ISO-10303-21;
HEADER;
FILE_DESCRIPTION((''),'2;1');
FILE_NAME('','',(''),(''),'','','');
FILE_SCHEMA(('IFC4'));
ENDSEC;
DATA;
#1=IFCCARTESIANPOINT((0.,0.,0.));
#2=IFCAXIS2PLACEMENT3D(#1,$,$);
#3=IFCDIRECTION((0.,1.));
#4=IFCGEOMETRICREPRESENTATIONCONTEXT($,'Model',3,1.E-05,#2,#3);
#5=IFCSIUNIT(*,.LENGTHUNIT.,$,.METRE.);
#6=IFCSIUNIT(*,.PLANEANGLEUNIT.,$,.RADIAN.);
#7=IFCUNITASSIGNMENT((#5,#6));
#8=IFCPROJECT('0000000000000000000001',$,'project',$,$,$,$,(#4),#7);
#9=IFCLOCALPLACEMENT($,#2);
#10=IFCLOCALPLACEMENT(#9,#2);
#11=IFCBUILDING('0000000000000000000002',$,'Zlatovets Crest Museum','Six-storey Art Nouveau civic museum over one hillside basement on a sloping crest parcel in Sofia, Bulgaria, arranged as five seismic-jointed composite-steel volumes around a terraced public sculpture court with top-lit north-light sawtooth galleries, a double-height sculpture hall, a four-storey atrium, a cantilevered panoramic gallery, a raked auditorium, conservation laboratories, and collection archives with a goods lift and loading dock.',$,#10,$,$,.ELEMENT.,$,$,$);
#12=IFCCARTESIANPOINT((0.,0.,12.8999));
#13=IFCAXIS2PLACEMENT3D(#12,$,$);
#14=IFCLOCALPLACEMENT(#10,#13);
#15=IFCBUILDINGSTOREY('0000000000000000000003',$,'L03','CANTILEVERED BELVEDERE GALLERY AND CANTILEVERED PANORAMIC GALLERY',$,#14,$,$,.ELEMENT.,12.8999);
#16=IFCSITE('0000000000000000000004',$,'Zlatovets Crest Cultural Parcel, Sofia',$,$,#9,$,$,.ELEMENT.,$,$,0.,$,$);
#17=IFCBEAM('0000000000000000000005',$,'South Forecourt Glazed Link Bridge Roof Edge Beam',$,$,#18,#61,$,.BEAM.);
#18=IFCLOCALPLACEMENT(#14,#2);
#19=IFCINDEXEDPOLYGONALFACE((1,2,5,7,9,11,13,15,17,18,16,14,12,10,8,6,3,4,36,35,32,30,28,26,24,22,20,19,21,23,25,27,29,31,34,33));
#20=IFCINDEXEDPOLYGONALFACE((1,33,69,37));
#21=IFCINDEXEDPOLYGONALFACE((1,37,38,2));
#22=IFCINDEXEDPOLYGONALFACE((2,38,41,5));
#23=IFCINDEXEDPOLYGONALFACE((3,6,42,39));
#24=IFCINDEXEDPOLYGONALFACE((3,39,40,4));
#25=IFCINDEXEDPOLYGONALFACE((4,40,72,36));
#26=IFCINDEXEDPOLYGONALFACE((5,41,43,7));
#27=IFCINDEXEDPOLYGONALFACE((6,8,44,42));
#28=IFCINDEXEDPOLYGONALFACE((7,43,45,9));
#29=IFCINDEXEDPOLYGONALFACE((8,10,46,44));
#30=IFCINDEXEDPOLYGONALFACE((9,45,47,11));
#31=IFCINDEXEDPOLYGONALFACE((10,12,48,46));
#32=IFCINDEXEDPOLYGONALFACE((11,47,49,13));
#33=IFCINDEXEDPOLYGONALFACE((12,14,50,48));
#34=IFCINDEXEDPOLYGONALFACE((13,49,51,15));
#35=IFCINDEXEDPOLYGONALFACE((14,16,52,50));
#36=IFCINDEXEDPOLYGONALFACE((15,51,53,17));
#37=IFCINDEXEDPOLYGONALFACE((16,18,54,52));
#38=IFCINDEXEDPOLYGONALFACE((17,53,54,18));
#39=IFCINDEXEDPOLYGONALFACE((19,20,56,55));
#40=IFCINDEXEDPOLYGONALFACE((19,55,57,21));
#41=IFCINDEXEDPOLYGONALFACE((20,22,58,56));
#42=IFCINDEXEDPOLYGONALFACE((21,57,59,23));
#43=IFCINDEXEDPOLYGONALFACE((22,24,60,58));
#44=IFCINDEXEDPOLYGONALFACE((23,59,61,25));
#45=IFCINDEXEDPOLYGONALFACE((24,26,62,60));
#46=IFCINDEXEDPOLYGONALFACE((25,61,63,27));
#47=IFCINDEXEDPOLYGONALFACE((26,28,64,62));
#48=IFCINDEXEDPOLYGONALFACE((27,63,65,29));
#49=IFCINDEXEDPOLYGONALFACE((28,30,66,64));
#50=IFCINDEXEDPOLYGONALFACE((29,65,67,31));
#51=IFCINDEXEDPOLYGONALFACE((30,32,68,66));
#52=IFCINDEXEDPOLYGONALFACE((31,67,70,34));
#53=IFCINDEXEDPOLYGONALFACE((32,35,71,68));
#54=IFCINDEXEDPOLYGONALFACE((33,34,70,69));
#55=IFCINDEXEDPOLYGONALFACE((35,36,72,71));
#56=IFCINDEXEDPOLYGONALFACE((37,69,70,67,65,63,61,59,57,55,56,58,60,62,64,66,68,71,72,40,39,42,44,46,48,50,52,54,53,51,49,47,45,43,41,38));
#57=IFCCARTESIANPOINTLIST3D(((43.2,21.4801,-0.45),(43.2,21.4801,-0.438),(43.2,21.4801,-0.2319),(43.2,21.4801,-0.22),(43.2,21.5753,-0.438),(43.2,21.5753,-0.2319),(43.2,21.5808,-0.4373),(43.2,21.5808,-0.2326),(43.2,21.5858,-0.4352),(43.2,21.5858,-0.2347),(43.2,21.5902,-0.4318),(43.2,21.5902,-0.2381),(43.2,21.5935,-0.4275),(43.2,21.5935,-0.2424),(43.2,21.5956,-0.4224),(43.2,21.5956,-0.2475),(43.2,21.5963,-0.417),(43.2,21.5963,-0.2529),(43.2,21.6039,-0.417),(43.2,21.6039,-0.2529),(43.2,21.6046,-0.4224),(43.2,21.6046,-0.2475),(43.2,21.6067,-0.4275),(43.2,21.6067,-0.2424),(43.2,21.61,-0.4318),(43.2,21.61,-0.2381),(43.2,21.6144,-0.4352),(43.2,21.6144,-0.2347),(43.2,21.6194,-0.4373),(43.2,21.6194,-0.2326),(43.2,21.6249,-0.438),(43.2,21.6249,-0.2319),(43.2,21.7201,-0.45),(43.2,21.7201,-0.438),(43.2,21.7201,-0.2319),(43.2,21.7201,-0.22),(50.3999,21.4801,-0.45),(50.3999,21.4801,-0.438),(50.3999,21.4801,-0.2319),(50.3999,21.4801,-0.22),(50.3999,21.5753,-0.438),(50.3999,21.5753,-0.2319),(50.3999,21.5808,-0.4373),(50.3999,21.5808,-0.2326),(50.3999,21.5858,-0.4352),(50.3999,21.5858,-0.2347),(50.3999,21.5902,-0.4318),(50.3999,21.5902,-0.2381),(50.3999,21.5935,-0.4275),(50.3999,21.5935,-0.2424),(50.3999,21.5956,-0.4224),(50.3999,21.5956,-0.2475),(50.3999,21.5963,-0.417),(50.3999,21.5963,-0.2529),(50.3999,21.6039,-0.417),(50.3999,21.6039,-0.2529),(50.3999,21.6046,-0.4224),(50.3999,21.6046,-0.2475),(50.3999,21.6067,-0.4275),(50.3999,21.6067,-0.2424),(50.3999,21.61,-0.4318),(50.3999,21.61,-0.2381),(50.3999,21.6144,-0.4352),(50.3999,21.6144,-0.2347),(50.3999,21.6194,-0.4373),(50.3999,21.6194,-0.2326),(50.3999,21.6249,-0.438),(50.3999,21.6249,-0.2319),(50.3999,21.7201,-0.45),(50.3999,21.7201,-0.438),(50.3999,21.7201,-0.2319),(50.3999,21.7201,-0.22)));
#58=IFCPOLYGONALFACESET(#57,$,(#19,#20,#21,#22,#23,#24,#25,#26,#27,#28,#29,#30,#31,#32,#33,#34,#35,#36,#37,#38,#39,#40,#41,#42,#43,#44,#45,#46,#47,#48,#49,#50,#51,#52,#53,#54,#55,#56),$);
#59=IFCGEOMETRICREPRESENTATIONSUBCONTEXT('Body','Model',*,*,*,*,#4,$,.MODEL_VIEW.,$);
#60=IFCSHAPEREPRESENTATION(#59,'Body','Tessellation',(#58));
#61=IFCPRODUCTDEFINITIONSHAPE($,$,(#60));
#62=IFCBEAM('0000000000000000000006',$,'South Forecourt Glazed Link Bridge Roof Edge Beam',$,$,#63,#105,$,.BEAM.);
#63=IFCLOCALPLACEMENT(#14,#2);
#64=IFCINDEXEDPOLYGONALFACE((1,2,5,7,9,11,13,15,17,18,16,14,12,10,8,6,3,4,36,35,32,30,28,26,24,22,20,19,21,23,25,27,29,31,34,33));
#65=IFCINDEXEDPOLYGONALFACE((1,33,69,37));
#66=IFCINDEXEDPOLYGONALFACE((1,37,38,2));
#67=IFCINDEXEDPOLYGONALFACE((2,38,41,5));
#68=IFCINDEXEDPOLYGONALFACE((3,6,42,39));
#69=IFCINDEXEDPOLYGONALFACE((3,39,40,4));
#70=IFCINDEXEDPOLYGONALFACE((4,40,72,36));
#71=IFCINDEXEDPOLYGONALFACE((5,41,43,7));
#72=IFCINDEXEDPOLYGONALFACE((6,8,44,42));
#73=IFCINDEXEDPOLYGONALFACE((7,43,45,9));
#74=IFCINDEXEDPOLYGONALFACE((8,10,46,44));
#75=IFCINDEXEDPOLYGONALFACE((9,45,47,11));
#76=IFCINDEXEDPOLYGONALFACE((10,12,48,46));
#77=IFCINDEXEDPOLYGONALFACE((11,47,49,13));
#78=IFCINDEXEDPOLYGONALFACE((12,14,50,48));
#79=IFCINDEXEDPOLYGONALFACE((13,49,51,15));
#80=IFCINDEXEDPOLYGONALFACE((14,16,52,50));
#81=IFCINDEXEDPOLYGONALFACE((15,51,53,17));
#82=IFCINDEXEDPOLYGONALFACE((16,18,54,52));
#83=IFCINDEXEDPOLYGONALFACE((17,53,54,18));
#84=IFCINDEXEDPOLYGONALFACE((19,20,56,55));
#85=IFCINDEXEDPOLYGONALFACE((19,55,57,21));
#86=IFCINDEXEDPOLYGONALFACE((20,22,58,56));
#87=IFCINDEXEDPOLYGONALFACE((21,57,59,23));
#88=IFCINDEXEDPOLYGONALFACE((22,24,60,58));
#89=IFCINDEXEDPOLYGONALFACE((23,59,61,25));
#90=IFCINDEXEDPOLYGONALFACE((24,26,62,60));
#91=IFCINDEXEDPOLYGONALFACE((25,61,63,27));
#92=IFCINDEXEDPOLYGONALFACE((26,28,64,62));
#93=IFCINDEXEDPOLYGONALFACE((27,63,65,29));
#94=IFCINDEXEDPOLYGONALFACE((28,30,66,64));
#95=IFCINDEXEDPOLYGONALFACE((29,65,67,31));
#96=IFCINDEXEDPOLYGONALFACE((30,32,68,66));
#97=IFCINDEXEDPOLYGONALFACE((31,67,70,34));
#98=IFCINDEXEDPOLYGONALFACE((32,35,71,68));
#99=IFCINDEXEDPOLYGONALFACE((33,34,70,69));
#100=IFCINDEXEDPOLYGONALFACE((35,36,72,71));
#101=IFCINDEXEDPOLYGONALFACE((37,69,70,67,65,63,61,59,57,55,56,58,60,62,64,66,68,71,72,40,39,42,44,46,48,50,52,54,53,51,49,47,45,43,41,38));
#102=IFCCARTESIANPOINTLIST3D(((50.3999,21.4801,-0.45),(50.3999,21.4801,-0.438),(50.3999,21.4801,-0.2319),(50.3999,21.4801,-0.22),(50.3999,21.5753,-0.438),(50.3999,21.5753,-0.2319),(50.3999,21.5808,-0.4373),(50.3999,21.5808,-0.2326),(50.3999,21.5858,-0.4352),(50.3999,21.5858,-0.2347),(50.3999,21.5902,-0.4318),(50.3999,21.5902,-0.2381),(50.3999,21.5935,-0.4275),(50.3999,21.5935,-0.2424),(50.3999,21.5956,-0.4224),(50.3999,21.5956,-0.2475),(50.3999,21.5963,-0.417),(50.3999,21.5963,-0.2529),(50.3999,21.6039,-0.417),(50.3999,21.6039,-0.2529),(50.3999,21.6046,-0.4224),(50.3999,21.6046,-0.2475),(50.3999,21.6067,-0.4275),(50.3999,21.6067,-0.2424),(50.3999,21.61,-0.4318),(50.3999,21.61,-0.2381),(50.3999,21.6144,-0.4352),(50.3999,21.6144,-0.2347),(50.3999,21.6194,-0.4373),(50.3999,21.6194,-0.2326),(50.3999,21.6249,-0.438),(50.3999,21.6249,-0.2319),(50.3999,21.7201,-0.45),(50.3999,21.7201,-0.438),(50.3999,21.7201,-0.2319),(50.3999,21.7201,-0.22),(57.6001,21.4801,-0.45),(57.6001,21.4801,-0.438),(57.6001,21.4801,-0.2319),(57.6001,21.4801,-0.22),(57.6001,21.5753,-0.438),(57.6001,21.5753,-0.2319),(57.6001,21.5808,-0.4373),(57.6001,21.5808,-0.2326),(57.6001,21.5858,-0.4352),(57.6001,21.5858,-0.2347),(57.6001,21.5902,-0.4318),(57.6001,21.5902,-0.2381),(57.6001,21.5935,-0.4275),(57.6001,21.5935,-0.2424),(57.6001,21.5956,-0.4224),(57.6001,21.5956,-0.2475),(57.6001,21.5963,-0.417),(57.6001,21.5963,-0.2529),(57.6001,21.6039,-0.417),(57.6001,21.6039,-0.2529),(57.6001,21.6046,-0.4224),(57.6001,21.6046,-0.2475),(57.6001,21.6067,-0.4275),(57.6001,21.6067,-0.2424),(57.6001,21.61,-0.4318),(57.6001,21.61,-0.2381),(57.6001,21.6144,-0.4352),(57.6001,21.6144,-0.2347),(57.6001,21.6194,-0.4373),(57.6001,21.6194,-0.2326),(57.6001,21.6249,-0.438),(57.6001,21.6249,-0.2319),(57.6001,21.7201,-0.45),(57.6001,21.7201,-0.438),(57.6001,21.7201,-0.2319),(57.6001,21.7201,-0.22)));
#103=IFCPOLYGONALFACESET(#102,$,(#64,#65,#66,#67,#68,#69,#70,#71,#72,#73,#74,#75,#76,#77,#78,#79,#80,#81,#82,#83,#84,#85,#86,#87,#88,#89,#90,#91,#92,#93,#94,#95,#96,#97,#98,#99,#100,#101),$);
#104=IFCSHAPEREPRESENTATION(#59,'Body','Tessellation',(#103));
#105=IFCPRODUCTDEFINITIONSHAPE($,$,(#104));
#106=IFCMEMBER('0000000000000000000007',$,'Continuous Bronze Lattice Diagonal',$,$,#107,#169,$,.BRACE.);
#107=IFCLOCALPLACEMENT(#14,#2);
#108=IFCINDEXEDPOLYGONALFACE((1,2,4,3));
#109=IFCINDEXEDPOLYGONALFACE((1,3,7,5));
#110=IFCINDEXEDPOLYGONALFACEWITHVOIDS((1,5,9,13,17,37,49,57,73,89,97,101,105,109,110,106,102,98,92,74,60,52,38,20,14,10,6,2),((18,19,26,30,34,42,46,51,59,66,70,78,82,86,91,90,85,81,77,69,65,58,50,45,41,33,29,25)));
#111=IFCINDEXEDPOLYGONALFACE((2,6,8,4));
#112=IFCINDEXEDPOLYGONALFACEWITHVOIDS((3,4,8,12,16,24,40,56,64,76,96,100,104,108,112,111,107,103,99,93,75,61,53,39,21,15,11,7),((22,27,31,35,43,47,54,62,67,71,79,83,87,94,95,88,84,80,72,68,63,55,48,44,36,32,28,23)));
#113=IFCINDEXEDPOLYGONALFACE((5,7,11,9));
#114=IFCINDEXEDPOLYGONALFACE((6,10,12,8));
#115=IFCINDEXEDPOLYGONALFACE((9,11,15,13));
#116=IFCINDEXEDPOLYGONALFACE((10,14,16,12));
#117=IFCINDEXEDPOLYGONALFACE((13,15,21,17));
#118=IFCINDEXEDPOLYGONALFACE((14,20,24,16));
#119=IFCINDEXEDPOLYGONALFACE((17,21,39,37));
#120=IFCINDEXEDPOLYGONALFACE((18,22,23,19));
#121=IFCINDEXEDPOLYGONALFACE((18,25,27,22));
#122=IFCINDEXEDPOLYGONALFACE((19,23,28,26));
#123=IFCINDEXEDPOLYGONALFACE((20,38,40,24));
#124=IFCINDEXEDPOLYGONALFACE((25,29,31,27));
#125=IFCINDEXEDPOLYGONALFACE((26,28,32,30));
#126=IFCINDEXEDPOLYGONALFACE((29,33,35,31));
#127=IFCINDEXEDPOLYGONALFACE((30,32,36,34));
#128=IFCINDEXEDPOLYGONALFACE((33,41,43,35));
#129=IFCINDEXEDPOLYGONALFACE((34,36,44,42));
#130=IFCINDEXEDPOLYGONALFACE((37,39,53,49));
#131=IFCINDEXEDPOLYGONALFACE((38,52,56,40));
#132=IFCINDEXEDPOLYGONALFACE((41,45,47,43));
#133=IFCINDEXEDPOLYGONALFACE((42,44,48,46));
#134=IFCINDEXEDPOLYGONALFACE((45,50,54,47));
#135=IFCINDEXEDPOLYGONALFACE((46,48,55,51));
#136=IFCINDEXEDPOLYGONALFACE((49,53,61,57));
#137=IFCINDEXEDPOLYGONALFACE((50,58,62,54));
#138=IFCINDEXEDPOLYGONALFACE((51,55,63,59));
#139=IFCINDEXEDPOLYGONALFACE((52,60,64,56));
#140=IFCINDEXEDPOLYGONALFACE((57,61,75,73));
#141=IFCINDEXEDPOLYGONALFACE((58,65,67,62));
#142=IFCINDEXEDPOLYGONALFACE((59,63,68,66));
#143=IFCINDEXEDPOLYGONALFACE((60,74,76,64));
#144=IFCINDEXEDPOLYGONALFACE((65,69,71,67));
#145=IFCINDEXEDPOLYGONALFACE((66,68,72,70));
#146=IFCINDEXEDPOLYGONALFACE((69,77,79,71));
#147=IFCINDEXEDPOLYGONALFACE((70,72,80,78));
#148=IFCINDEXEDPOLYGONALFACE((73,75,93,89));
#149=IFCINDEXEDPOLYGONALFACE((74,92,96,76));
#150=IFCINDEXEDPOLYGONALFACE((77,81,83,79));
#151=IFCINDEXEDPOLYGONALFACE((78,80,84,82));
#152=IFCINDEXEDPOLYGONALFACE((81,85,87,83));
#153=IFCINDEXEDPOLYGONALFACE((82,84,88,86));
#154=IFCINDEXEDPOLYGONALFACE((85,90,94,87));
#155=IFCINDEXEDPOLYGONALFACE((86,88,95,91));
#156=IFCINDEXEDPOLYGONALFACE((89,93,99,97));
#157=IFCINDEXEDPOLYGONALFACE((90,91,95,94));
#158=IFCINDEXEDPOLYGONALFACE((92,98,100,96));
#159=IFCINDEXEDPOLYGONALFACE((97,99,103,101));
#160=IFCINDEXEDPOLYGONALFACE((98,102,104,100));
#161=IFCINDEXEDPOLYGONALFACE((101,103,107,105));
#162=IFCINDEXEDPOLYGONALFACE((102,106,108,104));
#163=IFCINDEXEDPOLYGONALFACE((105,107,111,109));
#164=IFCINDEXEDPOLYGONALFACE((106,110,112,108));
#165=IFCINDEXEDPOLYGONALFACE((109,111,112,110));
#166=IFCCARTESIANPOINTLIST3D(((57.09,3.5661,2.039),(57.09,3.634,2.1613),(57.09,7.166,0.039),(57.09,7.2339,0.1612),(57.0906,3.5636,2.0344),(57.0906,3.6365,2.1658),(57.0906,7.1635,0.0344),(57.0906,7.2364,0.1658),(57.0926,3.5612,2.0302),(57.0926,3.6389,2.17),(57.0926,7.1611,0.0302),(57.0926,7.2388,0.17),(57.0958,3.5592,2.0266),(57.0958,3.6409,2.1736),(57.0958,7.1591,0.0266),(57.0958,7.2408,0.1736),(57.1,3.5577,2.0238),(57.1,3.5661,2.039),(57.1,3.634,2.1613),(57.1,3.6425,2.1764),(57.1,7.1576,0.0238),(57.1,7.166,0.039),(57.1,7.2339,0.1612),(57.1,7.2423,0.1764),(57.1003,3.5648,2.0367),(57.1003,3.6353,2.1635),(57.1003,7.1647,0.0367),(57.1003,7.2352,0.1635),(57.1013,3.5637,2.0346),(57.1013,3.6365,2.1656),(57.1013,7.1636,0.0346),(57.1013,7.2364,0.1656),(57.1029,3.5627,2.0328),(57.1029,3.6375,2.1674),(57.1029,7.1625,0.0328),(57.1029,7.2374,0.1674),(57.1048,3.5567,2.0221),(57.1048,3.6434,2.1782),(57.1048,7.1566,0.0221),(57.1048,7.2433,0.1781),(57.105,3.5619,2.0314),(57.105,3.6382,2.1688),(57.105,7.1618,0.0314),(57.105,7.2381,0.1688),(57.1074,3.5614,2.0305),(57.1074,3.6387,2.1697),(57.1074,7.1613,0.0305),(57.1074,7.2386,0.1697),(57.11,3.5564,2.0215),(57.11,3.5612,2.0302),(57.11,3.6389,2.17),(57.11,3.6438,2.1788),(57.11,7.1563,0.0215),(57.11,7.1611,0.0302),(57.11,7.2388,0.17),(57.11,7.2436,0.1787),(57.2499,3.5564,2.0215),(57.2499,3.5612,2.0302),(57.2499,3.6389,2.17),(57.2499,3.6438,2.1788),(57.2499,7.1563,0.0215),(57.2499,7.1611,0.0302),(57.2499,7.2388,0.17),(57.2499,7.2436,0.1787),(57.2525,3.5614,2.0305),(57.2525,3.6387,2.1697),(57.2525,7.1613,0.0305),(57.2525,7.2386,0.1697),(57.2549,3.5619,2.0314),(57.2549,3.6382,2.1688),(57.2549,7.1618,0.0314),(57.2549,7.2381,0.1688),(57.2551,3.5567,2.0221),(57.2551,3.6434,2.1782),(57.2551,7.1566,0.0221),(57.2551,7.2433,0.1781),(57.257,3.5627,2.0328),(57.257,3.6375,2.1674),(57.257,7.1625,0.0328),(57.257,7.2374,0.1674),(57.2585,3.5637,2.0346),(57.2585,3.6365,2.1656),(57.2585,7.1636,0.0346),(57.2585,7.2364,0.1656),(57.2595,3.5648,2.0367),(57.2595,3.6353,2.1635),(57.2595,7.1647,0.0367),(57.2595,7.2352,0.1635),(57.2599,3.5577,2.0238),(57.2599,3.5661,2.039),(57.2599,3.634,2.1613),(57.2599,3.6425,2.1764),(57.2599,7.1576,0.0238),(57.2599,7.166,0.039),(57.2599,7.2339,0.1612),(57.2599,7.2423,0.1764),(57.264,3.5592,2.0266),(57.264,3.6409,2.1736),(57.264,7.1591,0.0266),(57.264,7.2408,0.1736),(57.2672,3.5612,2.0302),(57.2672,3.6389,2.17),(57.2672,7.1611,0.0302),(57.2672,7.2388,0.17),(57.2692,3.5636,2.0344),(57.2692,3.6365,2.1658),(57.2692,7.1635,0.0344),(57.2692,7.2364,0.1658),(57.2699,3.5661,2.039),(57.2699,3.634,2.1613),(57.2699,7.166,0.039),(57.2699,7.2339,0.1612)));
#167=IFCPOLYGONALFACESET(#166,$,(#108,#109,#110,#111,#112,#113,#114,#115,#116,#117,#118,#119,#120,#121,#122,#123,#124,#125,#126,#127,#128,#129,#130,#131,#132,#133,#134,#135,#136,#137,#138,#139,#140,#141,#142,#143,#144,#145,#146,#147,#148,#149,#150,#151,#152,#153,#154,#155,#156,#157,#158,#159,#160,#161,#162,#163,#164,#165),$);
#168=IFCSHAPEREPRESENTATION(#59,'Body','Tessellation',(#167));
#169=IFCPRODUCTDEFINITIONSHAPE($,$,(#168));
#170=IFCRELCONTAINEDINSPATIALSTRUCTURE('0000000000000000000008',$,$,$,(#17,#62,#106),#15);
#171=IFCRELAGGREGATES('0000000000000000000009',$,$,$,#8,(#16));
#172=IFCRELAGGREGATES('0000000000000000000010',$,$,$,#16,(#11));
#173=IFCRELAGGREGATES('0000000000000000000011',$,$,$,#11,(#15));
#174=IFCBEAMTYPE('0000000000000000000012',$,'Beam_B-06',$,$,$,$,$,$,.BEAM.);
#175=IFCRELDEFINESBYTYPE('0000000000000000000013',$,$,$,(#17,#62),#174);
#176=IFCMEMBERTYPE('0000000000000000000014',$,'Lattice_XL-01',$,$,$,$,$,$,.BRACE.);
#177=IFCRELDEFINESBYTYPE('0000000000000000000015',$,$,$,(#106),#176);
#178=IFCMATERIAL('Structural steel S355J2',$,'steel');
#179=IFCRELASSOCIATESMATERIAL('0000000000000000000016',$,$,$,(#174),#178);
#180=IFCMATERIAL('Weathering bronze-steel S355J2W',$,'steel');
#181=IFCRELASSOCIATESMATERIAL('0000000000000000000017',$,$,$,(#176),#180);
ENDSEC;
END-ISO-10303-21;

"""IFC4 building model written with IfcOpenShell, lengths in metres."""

from ifc_helpers import new_model, si_unit, direction, frame, origin, origin_2d, place, context, subcontext, project, spatial, hollow_rectangle, i_section, extrude, material, material_profile, profile_set, type_object, element, save


model = new_model("IFC4")

# Units and contexts
model_context = context("Model", 3, precision=1e-05, world=origin(), true_north=direction((0.0, 1.0)))
body_context = subcontext(model_context, "Body", "Model", "MODEL_VIEW")
ifc_project = project(units=[si_unit("LENGTHUNIT", "METRE"), si_unit("PLANEANGLEUNIT", "RADIAN")], contexts=[model_context])

# Site, building, storey
site_placement = place(None, origin())
site = spatial("IfcSite", under=ifc_project, at=site_placement, Name="Zlatovets Crest Cultural Parcel, Sofia", CompositionType="ELEMENT", RefElevation=0.0)
building_placement = place(site_placement, origin())
building = spatial("IfcBuilding", under=site, at=building_placement, Name="Zlatovets Crest Museum", Description="Six-storey Art Nouveau civic museum over one hillside basement on a sloping crest parcel in Sofia, Bulgaria, arranged as five seismic-jointed composite-steel volumes around a terraced public sculpture court with top-lit north-light sawtooth galleries, a double-height sculpture hall, a four-storey atrium, a cantilevered panoramic gallery, a raked auditorium, conservation laboratories, and collection archives with a goods lift and loading dock.", CompositionType="ELEMENT")
storey_placement = place(building_placement, frame((0.0, 0.0, 12.8999)))
storey = spatial("IfcBuildingStorey", under=building, at=storey_placement, Name="L03", Description="CANTILEVERED BELVEDERE GALLERY AND CANTILEVERED PANORAMIC GALLERY", CompositionType="ELEMENT", Elevation=12.8999)

# Beams
ifc_material_1 = material(Name="Structural steel S355J2", Category="steel")
ifc_material_profile_1 = material_profile(ifc_material_1, i_section(OverallWidth=0.24, OverallDepth=0.23, WebThickness=0.0076, FlangeThickness=0.012, FilletRadius=0.021, at=origin_2d()), Name="HEA 240")
ifc_profile_set_1 = profile_set([ifc_material_profile_1], Name="Structural steel S355J2")
beam_type_1 = type_object("IfcBeamType", Name="Beam_B-06", PredefinedType="BEAM", material=ifc_profile_set_1)
beam_1_placement = place(storey_placement, frame((43.2, 21.6001, -0.335), z_axis=(1.0, 0.0, 0.0), x_axis=(0.0, 1.0, 0.0)))
element("IfcBeam", 1, at=beam_1_placement, inside=storey, type_object=beam_type_1, Name="South Forecourt Glazed Link Bridge Roof Edge Beam", PredefinedType="BEAM", context=body_context, shape_type="SweptSolid", body=[
    extrude(i_section(OverallWidth=0.24, OverallDepth=0.23, WebThickness=0.0076, FlangeThickness=0.012, FilletRadius=0.021, at=origin_2d()), origin(), (0.0, 0.0, 1.0), 7.2),
])
beam_2_placement = place(storey_placement, frame((50.3999, 21.6001, -0.335), z_axis=(1.0, 0.0, 0.0), x_axis=(0.0, 1.0, 0.0)))
element("IfcBeam", 2, at=beam_2_placement, inside=storey, type_object=beam_type_1, Name="South Forecourt Glazed Link Bridge Roof Edge Beam", PredefinedType="BEAM", context=body_context, shape_type="SweptSolid", body=[
    extrude(i_section(OverallWidth=0.24, OverallDepth=0.23, WebThickness=0.0076, FlangeThickness=0.012, FilletRadius=0.021, at=origin_2d()), origin(), (0.0, 0.0, 1.0), 7.2002),
])

# Member
ifc_material_2 = material(Name="Weathering bronze-steel S355J2W", Category="steel")
ifc_material_profile_2 = material_profile(ifc_material_2, hollow_rectangle(XDim=0.1799, YDim=0.1799, WallThickness=0.01, InnerFilletRadius=0.01, OuterFilletRadius=0.02, at=origin_2d()), Name="SHS 180x180x10.0")
ifc_profile_set_2 = profile_set([ifc_material_profile_2], Name="Weathering bronze-steel S355J2W")
member_type_1 = type_object("IfcMemberType", Name="Lattice_XL-01", PredefinedType="BRACE", material=ifc_profile_set_2)
member_1_placement = place(storey_placement, frame((57.1799, 7.2, 0.1001), z_axis=(0.0, -0.874149, 0.485658), x_axis=(1.0, 0.0, 0.0)))
element("IfcMember", 3, at=member_1_placement, inside=storey, type_object=member_type_1, Name="Continuous Bronze Lattice Diagonal", PredefinedType="BRACE", context=body_context, shape_type="SweptSolid", body=[
    extrude(hollow_rectangle(XDim=0.1799, YDim=0.1799, WallThickness=0.01, InnerFilletRadius=0.01, OuterFilletRadius=0.02, at=origin_2d()), origin(), (0.0, 0.0, 1.0), 4.1182),
])

save(model, "model.ifc")
